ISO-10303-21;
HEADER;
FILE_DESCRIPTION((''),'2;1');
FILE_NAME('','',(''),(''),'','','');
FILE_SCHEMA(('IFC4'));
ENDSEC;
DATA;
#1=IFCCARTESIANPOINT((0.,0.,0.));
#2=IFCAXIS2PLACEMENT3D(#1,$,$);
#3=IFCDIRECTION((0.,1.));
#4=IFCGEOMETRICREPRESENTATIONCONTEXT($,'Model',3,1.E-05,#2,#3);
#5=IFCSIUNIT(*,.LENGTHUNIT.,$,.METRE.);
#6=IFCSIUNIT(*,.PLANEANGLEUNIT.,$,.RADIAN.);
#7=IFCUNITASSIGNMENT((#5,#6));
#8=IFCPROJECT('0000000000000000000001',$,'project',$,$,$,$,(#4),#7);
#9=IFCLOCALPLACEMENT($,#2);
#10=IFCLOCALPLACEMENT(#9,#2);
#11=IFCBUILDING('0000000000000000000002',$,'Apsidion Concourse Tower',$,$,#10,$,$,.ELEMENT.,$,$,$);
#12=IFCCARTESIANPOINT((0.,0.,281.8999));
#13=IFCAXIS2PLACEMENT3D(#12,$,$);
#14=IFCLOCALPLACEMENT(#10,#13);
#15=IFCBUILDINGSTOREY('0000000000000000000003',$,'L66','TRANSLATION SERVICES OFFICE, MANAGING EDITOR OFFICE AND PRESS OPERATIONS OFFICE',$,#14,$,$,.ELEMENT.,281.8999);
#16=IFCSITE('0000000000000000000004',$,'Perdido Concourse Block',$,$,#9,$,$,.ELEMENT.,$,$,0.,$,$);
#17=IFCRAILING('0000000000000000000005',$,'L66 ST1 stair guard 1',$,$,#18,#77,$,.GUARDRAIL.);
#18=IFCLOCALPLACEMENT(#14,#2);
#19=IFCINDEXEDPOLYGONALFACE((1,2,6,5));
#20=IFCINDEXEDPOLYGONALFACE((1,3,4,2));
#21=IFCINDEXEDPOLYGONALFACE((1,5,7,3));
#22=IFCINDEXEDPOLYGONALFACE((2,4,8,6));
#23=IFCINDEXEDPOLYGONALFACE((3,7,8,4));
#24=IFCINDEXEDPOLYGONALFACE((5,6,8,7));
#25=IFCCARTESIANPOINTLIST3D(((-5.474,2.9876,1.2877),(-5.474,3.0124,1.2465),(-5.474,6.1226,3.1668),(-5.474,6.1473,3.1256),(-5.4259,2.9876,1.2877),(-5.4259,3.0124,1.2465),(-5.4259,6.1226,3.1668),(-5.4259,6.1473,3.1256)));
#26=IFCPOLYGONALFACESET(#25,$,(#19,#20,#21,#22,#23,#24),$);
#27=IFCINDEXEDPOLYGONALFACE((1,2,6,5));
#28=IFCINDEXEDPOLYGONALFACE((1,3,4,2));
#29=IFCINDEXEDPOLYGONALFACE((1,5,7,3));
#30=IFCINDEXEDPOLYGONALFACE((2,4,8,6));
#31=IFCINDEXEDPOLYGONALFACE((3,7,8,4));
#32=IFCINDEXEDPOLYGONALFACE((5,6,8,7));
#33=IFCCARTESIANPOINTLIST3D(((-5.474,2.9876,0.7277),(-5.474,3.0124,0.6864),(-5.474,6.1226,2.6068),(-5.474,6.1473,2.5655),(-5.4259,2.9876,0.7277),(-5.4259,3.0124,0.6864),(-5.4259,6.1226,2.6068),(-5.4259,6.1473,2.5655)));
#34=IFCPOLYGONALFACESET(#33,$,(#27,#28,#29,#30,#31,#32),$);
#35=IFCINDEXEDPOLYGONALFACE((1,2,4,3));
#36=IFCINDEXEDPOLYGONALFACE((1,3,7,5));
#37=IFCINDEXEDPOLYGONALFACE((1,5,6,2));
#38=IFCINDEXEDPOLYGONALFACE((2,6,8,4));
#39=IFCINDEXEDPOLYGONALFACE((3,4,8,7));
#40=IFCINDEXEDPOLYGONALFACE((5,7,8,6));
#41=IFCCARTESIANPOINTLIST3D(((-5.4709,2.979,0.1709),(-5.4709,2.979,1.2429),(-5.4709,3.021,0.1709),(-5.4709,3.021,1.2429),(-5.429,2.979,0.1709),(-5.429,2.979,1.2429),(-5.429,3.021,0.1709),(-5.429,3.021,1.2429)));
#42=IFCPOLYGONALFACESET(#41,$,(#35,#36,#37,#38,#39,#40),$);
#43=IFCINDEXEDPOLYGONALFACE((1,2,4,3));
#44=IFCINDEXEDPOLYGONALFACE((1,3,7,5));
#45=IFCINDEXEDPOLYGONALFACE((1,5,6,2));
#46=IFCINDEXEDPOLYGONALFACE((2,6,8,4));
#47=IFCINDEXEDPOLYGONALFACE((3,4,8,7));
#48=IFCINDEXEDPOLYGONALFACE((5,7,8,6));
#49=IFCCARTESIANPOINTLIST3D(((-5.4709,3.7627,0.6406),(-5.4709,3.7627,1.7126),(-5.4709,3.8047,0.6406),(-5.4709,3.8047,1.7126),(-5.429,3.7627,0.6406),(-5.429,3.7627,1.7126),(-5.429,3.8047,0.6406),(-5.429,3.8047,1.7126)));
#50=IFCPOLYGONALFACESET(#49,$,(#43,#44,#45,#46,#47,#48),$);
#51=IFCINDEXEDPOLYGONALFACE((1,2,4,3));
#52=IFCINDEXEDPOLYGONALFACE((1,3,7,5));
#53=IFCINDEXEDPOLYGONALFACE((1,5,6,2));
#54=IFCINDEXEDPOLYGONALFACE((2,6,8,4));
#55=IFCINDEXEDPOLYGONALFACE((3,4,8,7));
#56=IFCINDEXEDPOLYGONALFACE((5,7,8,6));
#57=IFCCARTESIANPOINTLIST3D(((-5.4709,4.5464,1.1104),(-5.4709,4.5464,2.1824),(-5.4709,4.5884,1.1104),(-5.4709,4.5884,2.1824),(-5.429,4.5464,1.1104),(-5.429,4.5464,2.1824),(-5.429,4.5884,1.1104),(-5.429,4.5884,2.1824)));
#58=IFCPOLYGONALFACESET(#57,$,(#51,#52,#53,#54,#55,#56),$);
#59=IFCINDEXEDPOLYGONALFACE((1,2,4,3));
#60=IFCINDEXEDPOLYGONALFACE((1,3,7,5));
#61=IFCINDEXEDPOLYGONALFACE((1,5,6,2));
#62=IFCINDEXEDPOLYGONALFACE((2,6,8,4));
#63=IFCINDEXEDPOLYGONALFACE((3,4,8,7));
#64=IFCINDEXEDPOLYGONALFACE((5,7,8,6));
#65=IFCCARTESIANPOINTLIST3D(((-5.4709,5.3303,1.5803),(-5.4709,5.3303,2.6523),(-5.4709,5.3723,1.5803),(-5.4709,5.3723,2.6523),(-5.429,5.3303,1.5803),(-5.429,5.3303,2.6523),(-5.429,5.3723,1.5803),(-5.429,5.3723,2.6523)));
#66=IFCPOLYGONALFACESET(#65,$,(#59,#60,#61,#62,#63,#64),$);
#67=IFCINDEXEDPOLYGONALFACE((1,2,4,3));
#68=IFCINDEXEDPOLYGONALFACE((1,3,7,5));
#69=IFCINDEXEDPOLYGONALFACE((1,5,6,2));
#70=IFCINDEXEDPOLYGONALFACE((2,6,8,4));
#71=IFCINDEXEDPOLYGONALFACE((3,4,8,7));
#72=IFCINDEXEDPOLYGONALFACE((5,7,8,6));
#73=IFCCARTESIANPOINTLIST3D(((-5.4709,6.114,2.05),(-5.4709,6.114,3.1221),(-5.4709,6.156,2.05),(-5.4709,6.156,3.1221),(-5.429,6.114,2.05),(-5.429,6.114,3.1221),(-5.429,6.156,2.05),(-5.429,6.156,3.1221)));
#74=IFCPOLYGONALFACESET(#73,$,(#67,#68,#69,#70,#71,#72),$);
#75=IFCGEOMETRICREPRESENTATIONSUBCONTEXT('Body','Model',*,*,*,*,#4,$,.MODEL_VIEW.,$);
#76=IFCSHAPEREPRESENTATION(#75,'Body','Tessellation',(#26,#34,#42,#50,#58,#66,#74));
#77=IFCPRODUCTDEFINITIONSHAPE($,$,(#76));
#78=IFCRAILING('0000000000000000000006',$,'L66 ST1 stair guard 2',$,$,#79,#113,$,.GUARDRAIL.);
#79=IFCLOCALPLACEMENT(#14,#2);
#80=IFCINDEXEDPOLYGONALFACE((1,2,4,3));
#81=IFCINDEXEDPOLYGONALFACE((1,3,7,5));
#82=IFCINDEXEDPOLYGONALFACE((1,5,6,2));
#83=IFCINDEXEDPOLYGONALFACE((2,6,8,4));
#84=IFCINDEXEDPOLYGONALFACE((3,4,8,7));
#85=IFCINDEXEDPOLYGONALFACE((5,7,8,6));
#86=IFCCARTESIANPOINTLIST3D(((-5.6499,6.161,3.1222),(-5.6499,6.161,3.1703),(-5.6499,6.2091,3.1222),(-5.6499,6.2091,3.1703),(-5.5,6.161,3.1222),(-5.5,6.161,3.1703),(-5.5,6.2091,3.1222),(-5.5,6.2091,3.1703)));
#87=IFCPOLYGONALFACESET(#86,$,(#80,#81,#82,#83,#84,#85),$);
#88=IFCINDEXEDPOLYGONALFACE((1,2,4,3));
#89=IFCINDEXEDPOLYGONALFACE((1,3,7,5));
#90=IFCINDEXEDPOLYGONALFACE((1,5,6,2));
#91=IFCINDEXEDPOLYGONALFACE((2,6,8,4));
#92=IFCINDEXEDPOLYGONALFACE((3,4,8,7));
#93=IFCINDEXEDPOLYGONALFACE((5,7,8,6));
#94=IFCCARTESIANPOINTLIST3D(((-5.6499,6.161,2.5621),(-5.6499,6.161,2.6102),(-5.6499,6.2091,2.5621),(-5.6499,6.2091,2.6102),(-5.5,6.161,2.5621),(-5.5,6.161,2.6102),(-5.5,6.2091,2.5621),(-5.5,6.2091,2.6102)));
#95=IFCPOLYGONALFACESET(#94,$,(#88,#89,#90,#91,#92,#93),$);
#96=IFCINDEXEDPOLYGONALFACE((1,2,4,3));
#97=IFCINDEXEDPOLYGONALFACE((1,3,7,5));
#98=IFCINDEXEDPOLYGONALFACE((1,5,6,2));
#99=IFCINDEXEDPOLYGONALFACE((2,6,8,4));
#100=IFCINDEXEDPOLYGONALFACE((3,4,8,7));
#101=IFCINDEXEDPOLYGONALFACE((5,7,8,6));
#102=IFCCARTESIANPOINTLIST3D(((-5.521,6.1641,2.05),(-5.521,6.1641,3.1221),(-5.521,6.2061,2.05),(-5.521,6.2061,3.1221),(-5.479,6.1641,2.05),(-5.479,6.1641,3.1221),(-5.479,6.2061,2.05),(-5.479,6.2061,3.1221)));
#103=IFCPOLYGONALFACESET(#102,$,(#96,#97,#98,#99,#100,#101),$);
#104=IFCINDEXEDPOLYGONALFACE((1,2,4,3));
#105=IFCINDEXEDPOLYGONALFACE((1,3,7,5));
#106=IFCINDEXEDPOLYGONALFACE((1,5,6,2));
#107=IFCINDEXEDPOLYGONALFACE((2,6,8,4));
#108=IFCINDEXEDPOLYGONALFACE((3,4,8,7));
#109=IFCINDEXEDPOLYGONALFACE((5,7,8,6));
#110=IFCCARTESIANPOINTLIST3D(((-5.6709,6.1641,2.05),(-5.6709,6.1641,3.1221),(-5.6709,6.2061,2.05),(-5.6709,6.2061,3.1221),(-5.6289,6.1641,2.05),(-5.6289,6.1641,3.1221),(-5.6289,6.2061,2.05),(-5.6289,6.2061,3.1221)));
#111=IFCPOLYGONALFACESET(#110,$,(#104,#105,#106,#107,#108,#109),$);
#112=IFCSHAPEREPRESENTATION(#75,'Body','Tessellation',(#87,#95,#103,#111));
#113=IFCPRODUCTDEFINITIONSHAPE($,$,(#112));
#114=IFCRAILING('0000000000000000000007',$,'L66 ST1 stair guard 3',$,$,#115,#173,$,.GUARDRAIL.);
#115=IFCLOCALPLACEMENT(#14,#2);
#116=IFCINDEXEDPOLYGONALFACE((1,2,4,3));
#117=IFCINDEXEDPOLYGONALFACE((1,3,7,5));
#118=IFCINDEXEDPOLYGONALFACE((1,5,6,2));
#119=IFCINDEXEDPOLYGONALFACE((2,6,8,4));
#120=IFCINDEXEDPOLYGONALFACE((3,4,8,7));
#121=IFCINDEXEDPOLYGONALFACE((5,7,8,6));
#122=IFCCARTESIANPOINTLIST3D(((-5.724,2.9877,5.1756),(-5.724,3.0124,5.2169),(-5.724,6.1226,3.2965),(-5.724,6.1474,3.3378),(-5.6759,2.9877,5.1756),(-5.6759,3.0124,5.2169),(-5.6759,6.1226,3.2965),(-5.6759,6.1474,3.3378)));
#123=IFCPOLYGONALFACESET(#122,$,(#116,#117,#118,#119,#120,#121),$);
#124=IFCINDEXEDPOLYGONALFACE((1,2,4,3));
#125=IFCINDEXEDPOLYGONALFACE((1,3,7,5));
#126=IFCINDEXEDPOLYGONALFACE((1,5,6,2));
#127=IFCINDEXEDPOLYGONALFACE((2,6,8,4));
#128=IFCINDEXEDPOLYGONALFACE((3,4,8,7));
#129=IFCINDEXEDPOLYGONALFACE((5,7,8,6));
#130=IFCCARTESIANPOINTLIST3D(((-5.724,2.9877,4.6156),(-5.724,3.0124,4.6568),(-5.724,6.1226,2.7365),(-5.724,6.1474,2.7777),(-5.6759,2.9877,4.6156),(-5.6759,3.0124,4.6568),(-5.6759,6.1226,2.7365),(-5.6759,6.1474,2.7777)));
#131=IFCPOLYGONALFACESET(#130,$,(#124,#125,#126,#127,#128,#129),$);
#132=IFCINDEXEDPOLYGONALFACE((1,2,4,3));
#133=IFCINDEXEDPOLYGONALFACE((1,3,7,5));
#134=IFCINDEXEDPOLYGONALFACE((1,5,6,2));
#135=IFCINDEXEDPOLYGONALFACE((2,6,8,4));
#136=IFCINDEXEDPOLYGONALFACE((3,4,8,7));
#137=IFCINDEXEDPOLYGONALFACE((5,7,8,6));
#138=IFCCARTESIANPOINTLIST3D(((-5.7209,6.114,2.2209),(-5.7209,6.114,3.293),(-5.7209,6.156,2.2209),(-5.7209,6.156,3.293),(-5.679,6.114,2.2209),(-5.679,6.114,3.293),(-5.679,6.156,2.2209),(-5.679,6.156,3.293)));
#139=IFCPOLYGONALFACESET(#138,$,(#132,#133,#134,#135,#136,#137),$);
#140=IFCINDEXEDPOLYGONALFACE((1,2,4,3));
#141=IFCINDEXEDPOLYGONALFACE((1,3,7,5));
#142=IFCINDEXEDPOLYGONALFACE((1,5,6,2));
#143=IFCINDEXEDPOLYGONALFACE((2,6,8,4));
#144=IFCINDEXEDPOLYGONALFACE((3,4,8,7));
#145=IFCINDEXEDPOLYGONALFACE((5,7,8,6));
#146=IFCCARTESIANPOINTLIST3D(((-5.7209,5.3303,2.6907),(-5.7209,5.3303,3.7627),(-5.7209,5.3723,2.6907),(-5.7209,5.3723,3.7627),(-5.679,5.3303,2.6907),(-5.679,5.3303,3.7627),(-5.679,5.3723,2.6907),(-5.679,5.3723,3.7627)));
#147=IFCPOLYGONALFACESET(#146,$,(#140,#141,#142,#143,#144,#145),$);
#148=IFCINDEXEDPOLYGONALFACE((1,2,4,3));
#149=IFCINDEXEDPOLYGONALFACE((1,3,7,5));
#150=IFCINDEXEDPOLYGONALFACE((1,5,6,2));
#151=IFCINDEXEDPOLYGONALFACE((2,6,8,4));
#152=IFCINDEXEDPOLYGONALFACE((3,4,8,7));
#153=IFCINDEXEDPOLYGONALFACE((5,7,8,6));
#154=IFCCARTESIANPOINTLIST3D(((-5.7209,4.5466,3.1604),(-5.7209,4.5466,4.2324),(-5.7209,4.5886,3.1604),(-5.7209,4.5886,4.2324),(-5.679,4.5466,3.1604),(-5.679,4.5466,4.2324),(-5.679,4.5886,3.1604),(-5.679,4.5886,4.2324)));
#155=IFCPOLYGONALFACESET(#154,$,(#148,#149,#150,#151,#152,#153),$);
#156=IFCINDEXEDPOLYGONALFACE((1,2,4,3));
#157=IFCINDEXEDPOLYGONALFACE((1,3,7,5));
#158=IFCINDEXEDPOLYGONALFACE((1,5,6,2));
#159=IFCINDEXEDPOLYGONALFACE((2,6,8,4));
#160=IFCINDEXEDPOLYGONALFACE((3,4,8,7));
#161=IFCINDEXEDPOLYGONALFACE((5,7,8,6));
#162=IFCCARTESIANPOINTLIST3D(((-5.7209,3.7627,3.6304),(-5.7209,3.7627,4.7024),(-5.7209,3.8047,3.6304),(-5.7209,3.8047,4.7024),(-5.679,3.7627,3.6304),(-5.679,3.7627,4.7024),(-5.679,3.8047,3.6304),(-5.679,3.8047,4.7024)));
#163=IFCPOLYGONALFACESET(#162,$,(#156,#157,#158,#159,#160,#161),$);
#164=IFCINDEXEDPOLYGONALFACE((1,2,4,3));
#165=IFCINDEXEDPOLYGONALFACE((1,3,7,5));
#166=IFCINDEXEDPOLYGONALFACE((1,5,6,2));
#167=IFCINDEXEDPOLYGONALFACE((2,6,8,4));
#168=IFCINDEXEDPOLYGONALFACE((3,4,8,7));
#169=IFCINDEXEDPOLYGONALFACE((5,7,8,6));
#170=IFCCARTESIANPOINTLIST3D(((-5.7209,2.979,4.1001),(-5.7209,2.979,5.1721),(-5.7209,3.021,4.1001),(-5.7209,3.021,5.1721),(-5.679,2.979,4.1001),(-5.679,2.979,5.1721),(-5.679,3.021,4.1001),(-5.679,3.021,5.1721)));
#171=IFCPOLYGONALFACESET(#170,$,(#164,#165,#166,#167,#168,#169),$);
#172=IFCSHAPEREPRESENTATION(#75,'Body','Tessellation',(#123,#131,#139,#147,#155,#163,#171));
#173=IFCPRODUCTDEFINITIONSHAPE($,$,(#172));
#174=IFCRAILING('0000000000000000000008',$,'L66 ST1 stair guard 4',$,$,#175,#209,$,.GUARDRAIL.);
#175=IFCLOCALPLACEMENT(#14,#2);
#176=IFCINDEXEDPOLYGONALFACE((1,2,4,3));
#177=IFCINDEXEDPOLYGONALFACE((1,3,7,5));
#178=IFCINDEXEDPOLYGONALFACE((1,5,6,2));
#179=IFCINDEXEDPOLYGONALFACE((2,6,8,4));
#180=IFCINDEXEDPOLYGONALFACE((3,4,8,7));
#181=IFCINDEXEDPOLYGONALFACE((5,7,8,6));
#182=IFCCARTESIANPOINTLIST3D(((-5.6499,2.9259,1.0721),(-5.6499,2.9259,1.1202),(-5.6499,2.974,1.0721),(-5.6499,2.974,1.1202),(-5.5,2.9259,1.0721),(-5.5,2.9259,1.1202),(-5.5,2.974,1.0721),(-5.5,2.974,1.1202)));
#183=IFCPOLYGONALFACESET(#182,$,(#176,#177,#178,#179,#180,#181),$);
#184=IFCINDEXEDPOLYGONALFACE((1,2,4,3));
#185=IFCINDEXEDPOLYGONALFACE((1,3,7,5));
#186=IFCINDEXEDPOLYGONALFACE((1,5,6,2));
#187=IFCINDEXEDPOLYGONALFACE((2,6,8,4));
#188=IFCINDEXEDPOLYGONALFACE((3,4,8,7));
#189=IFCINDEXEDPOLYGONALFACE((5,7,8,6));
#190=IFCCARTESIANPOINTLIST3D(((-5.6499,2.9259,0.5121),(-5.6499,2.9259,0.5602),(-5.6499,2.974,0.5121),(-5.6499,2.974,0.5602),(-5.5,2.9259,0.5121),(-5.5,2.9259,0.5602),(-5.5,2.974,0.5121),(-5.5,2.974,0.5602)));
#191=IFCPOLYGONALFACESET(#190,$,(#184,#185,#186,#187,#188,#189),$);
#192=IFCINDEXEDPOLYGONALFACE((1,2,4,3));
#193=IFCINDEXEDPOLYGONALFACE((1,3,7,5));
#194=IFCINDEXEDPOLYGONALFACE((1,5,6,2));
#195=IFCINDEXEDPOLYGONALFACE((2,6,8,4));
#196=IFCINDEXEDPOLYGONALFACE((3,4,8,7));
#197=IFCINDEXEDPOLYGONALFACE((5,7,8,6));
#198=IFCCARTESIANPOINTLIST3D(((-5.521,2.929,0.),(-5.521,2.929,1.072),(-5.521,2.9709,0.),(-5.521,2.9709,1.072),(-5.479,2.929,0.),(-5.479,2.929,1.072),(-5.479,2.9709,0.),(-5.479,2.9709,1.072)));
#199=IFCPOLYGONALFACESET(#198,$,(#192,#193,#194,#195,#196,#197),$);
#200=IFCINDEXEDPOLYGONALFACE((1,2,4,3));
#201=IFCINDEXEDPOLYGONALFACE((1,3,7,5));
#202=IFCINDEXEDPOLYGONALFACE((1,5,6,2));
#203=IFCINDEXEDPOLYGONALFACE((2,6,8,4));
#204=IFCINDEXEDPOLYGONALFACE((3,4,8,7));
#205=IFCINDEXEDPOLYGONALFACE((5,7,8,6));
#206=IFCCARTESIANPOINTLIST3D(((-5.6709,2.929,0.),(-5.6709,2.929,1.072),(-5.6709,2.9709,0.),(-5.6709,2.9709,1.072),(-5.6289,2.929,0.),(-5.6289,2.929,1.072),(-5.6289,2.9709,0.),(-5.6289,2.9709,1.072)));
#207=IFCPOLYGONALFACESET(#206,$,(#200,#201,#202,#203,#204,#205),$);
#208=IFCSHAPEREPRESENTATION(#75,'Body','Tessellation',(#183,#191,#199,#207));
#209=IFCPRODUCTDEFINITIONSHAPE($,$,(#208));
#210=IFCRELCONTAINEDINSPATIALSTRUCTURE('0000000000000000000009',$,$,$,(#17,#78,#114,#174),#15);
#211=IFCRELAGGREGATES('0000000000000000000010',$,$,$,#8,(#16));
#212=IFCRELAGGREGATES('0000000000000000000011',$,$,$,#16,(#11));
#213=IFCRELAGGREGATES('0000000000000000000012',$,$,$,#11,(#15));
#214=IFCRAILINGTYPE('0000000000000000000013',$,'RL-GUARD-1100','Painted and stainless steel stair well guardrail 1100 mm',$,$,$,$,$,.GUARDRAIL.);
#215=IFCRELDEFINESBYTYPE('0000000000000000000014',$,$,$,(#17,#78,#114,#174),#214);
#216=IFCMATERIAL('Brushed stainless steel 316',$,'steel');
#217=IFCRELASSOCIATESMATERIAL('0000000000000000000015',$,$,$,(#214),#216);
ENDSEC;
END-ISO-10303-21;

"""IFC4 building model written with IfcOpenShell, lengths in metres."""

from ifc_helpers import new_model, si_unit, direction, frame, origin, origin_2d, place, context, subcontext, project, spatial, rectangle, extrude, material, type_object, element, save


model = new_model("IFC4")

# Units and contexts
model_context = context("Model", 3, precision=1e-05, world=origin(), true_north=direction((0.0, 1.0)))
body_context = subcontext(model_context, "Body", "Model", "MODEL_VIEW")
ifc_project = project(units=[si_unit("LENGTHUNIT", "METRE"), si_unit("PLANEANGLEUNIT", "RADIAN")], contexts=[model_context])

# Site, building, storey
site_placement = place(None, origin())
site = spatial("IfcSite", under=ifc_project, at=site_placement, Name="Perdido Concourse Block", CompositionType="ELEMENT", RefElevation=0.0)
building_placement = place(site_placement, origin())
building = spatial("IfcBuilding", under=site, at=building_placement, Name="Apsidion Concourse Tower", CompositionType="ELEMENT")
storey_placement = place(building_placement, frame((0.0, 0.0, 281.8999)))
storey = spatial("IfcBuildingStorey", under=building, at=storey_placement, Name="L66", Description="TRANSLATION SERVICES OFFICE, MANAGING EDITOR OFFICE AND PRESS OPERATIONS OFFICE", CompositionType="ELEMENT", Elevation=281.8999)

# Shared definitions
ifc_material_1 = material(Name="Brushed stainless steel 316", Category="steel")

# Railings
railing_type_1 = type_object("IfcRailingType", Name="RL-GUARD-1100", Description="Painted and stainless steel stair well guardrail 1100 mm", PredefinedType="GUARDRAIL", material=ifc_material_1)
railing_1_placement = place(storey_placement, frame((-5.45, 3.0, 0.1709)))
element("IfcRailing", 1, at=railing_1_placement, inside=storey, type_object=railing_type_1, Name="L66 ST1 stair guard 1", PredefinedType="GUARDRAIL", context=body_context, shape_type="SweptSolid", body=[
    extrude(rectangle(XDim=0.0481, YDim=0.0481, at=origin_2d()), frame((0.0, 0.0, 1.0962), z_axis=(0.0, 0.857717, 0.514122), x_axis=(-1.0, 0.0, 0.0)), (0.0, 0.0, 1.0), 3.655),
    extrude(rectangle(XDim=0.0481, YDim=0.0481, at=origin_2d()), frame((0.0, 0.0, 0.5361), z_axis=(0.0, 0.857717, 0.514122), x_axis=(-1.0, 0.0, 0.0)), (0.0, 0.0, 1.0), 3.655),
    extrude(rectangle(XDim=0.042, YDim=0.042, at=origin_2d()), origin(), (0.0, 0.0, 1.0), 1.072),
    extrude(rectangle(XDim=0.042, YDim=0.042, at=origin_2d()), frame((0.0, 0.7837, 0.4697)), (0.0, 0.0, 1.0), 1.072),
    extrude(rectangle(XDim=0.042, YDim=0.042, at=origin_2d()), frame((0.0, 1.5674, 0.9395)), (0.0, 0.0, 1.0), 1.072),
    extrude(rectangle(XDim=0.042, YDim=0.042, at=origin_2d()), frame((0.0, 2.3513, 1.4094)), (0.0, 0.0, 1.0), 1.072),
    extrude(rectangle(XDim=0.042, YDim=0.042, at=origin_2d()), frame((0.0, 3.135, 1.8792)), (0.0, 0.0, 1.0), 1.072),
])
railing_2_placement = place(storey_placement, frame((-5.5, 6.1851, 2.05)))
element("IfcRailing", 2, at=railing_2_placement, inside=storey, type_object=railing_type_1, Name="L66 ST1 stair guard 2", PredefinedType="GUARDRAIL", context=body_context, shape_type="SweptSolid", body=[
    extrude(rectangle(XDim=0.0481, YDim=0.0481, at=origin_2d()), frame((0.0, 0.0, 1.0962), z_axis=(-1.0, 0.0, 0.0), x_axis=(0.0, -1.0, 0.0)), (0.0, 0.0, 1.0), 0.1499),
    extrude(rectangle(XDim=0.0481, YDim=0.0481, at=origin_2d()), frame((0.0, 0.0, 0.5361), z_axis=(-1.0, 0.0, 0.0), x_axis=(0.0, -1.0, 0.0)), (0.0, 0.0, 1.0), 0.1499),
    extrude(rectangle(XDim=0.042, YDim=0.042, at=origin_2d()), origin(), (0.0, 0.0, 1.0), 1.072),
    extrude(rectangle(XDim=0.042, YDim=0.042, at=origin_2d()), frame((-0.1499, 0.0, 0.0)), (0.0, 0.0, 1.0), 1.072),
])
railing_3_placement = place(storey_placement, frame((-5.7, 6.135, 2.2209)))
element("IfcRailing", 3, at=railing_3_placement, inside=storey, type_object=railing_type_1, Name="L66 ST1 stair guard 3", PredefinedType="GUARDRAIL", context=body_context, shape_type="SweptSolid", body=[
    extrude(rectangle(XDim=0.0481, YDim=0.0481, at=origin_2d()), frame((0.0, 0.0, 1.0962), z_axis=(0.0, -0.857717, 0.514122), x_axis=(1.0, 0.0, 0.0)), (0.0, 0.0, 1.0), 3.655),
    extrude(rectangle(XDim=0.0481, YDim=0.0481, at=origin_2d()), frame((0.0, 0.0, 0.5361), z_axis=(0.0, -0.857717, 0.514122), x_axis=(1.0, 0.0, 0.0)), (0.0, 0.0, 1.0), 3.655),
    extrude(rectangle(XDim=0.042, YDim=0.042, at=origin_2d()), origin(), (0.0, 0.0, 1.0), 1.072),
    extrude(rectangle(XDim=0.042, YDim=0.042, at=origin_2d()), frame((0.0, -0.7837, 0.4697)), (0.0, 0.0, 1.0), 1.072),
    extrude(rectangle(XDim=0.042, YDim=0.042, at=origin_2d()), frame((0.0, -1.5674, 0.9395)), (0.0, 0.0, 1.0), 1.072),
    extrude(rectangle(XDim=0.042, YDim=0.042, at=origin_2d()), frame((0.0, -2.3513, 1.4094)), (0.0, 0.0, 1.0), 1.072),
    extrude(rectangle(XDim=0.042, YDim=0.042, at=origin_2d()), frame((0.0, -3.135, 1.8792)), (0.0, 0.0, 1.0), 1.072),
])
railing_4_placement = place(storey_placement, frame((-5.5, 2.95, 0.0)))
element("IfcRailing", 4, at=railing_4_placement, inside=storey, type_object=railing_type_1, Name="L66 ST1 stair guard 4", PredefinedType="GUARDRAIL", context=body_context, shape_type="SweptSolid", body=[
    extrude(rectangle(XDim=0.0481, YDim=0.0481, at=origin_2d()), frame((0.0, 0.0, 1.0962), z_axis=(-1.0, 0.0, 0.0), x_axis=(0.0, -1.0, 0.0)), (0.0, 0.0, 1.0), 0.1499),
    extrude(rectangle(XDim=0.0481, YDim=0.0481, at=origin_2d()), frame((0.0, 0.0, 0.5361), z_axis=(-1.0, 0.0, 0.0), x_axis=(0.0, -1.0, 0.0)), (0.0, 0.0, 1.0), 0.1499),
    extrude(rectangle(XDim=0.042, YDim=0.042, at=origin_2d()), origin(), (0.0, 0.0, 1.0), 1.072),
    extrude(rectangle(XDim=0.042, YDim=0.042, at=origin_2d()), frame((-0.1499, 0.0, 0.0)), (0.0, 0.0, 1.0), 1.072),
])

save(model, "model.ifc")
